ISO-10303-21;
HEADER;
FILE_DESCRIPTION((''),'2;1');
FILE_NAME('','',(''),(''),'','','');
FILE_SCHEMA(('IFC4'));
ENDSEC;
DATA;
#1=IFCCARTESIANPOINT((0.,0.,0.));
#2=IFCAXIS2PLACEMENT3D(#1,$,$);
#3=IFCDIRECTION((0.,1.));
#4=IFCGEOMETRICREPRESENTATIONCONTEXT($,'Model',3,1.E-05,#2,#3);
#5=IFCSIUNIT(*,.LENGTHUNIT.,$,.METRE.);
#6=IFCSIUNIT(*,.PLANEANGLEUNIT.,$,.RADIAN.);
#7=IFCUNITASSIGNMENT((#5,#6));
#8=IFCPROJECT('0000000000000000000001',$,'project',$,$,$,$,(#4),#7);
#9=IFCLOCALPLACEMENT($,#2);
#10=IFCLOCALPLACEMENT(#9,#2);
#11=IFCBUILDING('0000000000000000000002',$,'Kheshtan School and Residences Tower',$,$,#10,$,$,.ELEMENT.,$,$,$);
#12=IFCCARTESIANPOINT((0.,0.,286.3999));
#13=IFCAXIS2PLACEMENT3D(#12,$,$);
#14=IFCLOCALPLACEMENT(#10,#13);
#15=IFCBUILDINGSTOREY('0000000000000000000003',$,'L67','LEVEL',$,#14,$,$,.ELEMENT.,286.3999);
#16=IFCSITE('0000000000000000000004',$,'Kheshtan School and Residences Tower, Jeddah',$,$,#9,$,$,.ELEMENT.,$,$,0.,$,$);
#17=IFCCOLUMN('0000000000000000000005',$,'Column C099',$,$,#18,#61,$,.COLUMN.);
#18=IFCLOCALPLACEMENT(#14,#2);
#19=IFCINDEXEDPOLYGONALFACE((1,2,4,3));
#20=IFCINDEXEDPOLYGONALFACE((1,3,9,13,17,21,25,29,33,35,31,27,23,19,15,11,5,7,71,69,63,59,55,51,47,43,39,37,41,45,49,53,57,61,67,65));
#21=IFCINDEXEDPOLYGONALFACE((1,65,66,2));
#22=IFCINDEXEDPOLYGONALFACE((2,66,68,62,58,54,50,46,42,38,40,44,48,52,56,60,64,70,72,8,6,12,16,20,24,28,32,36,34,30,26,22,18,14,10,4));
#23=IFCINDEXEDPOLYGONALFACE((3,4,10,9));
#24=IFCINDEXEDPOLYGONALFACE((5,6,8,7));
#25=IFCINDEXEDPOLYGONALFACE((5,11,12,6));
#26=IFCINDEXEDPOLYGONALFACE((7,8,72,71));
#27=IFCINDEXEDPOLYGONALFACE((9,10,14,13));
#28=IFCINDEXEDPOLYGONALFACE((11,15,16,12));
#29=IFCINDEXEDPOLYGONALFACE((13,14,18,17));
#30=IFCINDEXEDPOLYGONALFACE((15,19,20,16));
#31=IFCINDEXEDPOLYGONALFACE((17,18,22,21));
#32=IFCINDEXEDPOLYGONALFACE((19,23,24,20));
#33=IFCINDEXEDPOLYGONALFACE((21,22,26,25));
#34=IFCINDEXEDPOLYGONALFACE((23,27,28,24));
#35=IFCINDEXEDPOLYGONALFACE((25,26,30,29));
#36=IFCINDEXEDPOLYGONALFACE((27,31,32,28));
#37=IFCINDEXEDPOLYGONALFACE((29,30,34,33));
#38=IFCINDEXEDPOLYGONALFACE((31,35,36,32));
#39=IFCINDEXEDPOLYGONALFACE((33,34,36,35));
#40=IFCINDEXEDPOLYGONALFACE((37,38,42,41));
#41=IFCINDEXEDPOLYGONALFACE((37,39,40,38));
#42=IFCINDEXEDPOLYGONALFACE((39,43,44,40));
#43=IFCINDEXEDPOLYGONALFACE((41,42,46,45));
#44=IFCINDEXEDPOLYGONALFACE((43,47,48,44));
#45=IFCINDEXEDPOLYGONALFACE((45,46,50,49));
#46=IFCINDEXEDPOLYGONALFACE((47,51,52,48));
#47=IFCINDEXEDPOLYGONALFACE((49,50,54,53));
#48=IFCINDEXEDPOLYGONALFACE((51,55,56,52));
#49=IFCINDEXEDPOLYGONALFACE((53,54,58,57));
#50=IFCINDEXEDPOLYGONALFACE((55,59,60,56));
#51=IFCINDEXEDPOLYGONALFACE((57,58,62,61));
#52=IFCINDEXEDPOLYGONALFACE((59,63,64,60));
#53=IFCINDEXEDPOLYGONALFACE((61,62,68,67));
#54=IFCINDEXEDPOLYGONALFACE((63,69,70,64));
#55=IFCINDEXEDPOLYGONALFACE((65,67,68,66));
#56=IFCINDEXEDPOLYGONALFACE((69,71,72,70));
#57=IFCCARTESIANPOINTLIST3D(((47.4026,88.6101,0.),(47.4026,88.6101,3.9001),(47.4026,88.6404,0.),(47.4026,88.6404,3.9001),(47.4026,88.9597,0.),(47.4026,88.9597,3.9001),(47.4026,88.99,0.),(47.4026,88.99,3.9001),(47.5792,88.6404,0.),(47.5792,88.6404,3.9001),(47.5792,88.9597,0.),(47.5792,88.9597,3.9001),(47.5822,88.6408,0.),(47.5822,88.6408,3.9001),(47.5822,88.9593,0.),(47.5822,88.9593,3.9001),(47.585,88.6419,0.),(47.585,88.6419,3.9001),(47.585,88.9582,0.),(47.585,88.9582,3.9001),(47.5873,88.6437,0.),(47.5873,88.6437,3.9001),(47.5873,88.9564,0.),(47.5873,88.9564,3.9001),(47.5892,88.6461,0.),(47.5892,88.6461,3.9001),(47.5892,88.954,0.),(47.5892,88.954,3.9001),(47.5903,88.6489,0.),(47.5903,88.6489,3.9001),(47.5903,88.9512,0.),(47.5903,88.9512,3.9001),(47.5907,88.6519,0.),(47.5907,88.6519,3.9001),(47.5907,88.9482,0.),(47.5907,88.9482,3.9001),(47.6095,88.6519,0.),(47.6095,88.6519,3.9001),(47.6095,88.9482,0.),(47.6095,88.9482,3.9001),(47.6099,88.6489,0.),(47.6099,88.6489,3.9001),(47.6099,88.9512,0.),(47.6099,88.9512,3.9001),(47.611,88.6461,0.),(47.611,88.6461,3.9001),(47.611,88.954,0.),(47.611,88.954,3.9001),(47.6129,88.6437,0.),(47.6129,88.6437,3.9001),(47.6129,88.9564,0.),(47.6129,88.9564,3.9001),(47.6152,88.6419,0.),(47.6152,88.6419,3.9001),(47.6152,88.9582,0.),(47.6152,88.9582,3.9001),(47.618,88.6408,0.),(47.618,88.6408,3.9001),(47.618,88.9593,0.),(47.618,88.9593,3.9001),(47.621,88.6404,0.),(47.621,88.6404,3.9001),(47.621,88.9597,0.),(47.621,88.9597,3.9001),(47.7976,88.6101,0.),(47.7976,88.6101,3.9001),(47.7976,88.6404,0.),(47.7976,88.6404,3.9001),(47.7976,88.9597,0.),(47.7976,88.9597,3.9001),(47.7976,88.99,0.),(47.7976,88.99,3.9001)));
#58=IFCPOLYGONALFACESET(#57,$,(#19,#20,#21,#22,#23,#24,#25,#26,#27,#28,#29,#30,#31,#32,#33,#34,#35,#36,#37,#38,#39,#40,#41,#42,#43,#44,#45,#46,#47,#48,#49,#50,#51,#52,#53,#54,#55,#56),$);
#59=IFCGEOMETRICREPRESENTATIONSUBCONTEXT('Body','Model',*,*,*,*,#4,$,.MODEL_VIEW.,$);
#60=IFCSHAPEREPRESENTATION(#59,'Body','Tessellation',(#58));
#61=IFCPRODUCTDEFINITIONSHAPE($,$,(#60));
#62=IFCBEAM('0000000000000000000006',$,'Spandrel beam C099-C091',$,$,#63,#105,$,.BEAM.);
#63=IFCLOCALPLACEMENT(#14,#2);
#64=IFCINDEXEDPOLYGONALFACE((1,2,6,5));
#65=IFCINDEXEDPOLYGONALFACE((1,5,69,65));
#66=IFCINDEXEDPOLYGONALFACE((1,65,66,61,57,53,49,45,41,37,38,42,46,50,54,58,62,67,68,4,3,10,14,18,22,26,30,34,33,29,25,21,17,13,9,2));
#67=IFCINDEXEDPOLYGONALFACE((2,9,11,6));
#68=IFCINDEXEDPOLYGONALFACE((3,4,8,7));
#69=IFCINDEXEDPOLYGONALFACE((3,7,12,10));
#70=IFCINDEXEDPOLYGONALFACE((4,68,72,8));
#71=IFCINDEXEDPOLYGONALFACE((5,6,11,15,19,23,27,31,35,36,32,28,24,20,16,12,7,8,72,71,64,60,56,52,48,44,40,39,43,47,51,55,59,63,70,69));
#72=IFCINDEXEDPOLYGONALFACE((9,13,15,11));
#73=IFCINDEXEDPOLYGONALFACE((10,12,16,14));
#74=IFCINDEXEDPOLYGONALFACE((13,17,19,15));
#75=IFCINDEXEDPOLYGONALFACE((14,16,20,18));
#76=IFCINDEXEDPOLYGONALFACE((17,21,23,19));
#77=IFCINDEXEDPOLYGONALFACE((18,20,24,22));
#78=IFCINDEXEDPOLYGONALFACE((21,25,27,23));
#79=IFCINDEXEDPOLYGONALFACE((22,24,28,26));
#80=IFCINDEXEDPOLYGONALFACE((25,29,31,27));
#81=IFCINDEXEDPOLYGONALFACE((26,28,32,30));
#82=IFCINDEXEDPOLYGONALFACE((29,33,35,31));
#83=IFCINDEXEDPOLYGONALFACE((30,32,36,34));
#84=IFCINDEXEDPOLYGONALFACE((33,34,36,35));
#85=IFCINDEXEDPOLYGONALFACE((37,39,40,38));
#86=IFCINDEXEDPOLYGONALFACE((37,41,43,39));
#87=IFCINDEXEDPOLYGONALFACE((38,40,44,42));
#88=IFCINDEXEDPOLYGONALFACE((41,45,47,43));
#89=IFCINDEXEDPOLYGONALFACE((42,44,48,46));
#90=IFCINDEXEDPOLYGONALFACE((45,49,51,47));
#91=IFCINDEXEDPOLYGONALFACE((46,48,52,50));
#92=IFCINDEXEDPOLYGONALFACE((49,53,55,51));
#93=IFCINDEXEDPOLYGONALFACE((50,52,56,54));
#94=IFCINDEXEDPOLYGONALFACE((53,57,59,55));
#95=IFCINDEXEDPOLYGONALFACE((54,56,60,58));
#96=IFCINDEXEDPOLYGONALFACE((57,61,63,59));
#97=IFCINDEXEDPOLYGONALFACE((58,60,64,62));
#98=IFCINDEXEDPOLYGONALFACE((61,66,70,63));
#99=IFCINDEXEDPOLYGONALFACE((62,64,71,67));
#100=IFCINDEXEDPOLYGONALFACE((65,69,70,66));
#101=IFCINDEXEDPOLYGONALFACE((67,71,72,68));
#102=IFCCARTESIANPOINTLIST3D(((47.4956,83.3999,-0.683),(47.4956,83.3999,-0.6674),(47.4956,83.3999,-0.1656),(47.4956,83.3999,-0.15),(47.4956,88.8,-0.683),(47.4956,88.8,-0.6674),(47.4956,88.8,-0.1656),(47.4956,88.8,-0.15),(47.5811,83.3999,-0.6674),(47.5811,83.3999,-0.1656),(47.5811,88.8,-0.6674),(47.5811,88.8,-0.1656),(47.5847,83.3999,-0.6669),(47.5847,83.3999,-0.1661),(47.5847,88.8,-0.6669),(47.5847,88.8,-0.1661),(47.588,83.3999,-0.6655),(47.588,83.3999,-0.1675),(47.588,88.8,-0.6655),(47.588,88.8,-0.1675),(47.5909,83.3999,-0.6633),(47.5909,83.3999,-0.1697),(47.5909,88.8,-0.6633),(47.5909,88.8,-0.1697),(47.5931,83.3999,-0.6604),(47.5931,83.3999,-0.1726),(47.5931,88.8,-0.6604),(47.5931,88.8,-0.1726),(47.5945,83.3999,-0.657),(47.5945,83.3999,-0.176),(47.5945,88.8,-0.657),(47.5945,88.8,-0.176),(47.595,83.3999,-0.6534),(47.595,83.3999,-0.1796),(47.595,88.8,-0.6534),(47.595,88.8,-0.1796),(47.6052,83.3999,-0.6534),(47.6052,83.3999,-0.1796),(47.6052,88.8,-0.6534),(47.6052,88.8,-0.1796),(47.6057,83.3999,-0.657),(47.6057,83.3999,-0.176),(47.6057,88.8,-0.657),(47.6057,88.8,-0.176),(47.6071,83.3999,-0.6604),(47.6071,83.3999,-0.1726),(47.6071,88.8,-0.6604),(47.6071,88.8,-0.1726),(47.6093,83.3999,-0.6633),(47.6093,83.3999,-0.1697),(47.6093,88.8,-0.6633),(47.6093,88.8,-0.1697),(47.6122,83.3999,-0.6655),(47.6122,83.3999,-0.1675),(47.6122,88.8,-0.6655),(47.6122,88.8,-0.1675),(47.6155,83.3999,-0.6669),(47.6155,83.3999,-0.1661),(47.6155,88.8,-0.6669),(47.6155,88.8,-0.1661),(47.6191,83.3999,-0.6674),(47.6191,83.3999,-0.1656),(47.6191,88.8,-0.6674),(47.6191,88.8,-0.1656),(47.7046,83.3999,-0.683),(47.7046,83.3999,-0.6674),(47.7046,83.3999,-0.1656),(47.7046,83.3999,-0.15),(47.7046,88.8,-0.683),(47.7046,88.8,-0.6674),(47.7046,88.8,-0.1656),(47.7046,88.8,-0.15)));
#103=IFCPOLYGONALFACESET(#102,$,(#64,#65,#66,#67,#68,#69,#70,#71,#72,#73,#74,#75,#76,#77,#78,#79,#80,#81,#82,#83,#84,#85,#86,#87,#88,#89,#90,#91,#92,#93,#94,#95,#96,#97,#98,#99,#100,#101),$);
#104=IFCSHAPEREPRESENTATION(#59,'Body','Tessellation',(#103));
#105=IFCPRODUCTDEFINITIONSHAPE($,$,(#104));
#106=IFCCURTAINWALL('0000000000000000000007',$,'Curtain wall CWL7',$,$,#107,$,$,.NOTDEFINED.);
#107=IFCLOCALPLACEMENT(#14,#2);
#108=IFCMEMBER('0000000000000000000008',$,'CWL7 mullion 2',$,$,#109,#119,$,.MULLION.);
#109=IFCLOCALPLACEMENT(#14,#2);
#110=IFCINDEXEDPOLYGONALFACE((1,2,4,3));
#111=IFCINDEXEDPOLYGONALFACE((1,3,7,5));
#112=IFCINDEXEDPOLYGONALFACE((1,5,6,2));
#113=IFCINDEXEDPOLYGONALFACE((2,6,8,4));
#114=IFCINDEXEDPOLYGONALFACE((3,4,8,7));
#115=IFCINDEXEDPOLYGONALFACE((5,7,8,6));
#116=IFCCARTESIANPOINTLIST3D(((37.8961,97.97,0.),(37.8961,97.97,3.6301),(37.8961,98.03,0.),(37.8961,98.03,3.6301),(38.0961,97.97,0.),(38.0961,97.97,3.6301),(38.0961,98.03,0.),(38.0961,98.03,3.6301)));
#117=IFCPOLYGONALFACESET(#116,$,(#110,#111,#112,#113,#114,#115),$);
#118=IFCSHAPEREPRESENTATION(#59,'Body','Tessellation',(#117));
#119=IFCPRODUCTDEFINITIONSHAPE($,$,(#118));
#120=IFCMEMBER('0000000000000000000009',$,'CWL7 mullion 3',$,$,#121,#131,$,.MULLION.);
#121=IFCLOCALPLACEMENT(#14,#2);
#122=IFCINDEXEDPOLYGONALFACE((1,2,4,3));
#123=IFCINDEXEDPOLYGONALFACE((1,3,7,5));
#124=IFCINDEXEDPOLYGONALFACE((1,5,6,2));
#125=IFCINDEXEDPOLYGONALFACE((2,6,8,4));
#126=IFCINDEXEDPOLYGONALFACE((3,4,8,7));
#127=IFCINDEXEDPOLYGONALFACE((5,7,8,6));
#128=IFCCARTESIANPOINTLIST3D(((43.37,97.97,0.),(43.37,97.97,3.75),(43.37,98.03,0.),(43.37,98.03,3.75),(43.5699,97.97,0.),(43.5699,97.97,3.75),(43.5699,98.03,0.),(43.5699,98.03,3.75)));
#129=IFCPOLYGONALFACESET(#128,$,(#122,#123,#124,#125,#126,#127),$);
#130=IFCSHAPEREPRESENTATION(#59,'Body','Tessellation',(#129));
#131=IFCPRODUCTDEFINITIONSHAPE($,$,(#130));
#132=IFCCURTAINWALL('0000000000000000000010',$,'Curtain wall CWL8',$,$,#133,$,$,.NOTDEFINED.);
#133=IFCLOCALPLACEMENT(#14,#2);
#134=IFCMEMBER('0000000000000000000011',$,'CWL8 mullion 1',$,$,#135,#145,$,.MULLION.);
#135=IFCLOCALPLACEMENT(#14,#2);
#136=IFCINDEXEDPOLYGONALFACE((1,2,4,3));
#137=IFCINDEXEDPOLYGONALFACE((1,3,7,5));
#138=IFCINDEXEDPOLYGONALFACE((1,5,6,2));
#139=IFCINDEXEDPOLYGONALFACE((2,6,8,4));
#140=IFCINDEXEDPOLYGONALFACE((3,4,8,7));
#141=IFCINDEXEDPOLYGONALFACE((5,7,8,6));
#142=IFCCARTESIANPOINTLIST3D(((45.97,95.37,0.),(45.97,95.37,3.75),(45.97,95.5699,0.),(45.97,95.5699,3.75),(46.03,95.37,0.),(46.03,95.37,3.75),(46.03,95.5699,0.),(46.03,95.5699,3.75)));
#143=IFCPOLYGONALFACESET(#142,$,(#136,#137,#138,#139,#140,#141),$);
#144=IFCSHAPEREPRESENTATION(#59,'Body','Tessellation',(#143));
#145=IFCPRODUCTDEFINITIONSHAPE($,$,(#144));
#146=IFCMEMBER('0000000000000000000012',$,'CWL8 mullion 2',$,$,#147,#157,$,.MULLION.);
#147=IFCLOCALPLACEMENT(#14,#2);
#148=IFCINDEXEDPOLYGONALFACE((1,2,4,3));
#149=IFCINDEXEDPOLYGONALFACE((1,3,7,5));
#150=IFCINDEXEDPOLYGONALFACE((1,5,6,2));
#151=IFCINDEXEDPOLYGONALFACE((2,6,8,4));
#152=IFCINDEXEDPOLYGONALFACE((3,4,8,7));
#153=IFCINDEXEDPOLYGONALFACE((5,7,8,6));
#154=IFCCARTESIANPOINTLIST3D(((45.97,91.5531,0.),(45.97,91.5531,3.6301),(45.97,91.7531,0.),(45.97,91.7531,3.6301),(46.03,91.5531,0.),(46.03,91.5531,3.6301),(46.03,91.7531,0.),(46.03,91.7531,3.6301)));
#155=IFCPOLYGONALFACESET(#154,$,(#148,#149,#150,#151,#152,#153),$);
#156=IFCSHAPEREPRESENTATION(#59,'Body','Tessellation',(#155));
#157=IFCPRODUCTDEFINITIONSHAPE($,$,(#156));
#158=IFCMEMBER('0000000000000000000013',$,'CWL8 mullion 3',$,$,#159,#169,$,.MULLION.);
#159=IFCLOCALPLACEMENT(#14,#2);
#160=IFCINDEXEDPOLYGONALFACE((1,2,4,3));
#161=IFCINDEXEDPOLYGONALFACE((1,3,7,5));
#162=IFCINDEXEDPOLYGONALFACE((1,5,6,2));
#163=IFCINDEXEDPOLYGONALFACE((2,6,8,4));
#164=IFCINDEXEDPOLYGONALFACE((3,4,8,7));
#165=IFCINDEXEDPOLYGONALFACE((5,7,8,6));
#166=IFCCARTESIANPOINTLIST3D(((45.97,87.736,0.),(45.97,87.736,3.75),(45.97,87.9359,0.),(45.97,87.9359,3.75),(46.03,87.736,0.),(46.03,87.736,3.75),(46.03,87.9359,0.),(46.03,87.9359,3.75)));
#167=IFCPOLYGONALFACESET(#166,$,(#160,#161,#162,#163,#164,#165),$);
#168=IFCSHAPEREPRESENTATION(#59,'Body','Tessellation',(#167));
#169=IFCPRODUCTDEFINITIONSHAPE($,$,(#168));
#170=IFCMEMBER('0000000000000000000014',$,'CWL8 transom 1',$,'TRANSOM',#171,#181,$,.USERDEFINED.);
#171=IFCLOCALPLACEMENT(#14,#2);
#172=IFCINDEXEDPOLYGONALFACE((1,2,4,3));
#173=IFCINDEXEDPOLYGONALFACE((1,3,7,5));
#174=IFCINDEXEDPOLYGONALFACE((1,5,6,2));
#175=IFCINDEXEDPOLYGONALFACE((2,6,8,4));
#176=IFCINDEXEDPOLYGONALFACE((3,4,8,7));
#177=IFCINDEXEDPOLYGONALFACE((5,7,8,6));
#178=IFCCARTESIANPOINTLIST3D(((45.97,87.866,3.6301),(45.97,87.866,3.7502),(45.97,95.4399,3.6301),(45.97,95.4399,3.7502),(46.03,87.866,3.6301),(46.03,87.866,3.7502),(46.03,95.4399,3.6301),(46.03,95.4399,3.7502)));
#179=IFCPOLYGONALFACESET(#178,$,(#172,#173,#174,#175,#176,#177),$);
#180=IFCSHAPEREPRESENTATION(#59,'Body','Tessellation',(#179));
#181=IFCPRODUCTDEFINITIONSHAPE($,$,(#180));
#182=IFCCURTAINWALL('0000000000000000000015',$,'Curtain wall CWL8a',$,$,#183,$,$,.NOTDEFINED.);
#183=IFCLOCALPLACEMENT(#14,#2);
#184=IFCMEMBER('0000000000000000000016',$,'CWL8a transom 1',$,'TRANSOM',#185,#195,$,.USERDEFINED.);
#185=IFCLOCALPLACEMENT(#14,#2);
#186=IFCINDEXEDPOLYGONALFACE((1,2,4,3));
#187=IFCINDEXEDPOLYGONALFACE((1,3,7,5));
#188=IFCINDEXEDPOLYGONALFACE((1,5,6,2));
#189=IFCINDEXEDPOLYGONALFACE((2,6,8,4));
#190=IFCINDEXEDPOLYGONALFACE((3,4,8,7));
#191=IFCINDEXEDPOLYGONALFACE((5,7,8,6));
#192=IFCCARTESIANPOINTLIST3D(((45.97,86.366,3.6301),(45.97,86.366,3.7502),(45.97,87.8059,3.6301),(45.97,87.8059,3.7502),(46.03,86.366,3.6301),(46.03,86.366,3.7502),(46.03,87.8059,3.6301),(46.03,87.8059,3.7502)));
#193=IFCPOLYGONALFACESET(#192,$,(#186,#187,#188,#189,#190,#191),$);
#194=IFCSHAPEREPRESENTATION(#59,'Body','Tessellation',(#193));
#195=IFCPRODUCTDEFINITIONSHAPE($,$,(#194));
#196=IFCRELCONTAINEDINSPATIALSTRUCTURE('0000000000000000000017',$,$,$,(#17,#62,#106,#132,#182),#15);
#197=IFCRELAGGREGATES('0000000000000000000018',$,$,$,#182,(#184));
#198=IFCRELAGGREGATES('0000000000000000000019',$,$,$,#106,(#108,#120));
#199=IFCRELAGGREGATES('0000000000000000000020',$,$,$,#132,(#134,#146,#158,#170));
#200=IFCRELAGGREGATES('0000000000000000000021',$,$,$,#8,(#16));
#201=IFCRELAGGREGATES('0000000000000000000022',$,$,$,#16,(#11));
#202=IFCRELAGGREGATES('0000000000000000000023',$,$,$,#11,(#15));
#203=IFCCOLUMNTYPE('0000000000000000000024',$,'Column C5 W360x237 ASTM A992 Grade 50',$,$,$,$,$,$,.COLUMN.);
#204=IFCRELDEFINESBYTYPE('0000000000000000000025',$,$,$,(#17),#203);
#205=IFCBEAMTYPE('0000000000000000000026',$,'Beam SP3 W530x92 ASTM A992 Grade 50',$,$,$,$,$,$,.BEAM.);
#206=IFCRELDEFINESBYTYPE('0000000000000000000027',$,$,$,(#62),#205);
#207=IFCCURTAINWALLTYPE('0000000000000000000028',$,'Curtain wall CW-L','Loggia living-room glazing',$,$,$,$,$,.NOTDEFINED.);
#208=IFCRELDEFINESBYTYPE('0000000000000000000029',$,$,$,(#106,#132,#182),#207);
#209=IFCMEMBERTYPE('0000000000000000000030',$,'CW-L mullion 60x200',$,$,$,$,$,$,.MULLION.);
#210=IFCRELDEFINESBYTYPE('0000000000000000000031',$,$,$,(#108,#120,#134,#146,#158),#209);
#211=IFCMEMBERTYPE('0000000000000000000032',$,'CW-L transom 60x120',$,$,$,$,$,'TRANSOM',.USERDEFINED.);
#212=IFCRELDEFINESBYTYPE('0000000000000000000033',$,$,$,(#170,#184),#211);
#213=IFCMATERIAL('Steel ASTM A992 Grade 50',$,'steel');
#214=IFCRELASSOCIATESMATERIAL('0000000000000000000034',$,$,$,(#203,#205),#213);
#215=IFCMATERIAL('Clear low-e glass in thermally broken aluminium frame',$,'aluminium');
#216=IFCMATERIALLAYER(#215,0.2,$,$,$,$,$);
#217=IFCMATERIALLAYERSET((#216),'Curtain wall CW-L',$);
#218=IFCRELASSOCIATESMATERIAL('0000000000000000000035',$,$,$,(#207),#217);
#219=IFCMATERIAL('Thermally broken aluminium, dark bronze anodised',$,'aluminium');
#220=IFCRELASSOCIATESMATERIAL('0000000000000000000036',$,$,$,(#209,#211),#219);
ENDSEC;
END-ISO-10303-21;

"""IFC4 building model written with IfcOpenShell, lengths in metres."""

from ifc_helpers import new_model, si_unit, direction, frame, origin, origin_2d, place, context, subcontext, project, spatial, rectangle, i_section, extrude, material, layer, layer_set, material_profile, profile_set, type_object, element, aggregate, save


model = new_model("IFC4")

# Units and contexts
model_context = context("Model", 3, precision=1e-05, world=origin(), true_north=direction((0.0, 1.0)))
body_context = subcontext(model_context, "Body", "Model", "MODEL_VIEW")
ifc_project = project(units=[si_unit("LENGTHUNIT", "METRE"), si_unit("PLANEANGLEUNIT", "RADIAN")], contexts=[model_context])

# Site, building, storey
site_placement = place(None, origin())
site = spatial("IfcSite", under=ifc_project, at=site_placement, Name="Kheshtan School and Residences Tower, Jeddah", CompositionType="ELEMENT", RefElevation=0.0)
building_placement = place(site_placement, origin())
building = spatial("IfcBuilding", under=site, at=building_placement, Name="Kheshtan School and Residences Tower", CompositionType="ELEMENT")
storey_placement = place(building_placement, frame((0.0, 0.0, 286.3999)))
storey = spatial("IfcBuildingStorey", under=building, at=storey_placement, Name="L67", Description="LEVEL", CompositionType="ELEMENT", Elevation=286.3999)

# Column
ifc_material_1 = material(Name="Steel ASTM A992 Grade 50", Category="steel")
ifc_material_profile_1 = material_profile(ifc_material_1, i_section(OverallWidth=0.395, OverallDepth=0.3799, WebThickness=0.0188, FlangeThickness=0.0303, FilletRadius=0.0115, at=origin_2d()), Name="W360x237")
ifc_profile_set_1 = profile_set([ifc_material_profile_1], Name="Steel ASTM A992 Grade 50")
column_type = type_object("IfcColumnType", Name="Column C5 W360x237 ASTM A992 Grade 50", PredefinedType="COLUMN", material=ifc_profile_set_1)
column_placement = place(storey_placement, frame((47.6001, 88.8, 0.0), z_axis=(0.0, 0.0, 1.0), x_axis=(1.0, 0.0, 0.0)))
element("IfcColumn", 1, at=column_placement, inside=storey, type_object=column_type, Name="Column C099", PredefinedType="COLUMN", context=body_context, shape_type="SweptSolid", body=[
    extrude(i_section(OverallWidth=0.395, OverallDepth=0.3799, WebThickness=0.0188, FlangeThickness=0.0303, FilletRadius=0.0115, at=origin_2d()), origin(), (0.0, 0.0, 1.0), 3.9001),
])

# Beam
ifc_material_profile_2 = material_profile(ifc_material_1, i_section(OverallWidth=0.209, OverallDepth=0.533, WebThickness=0.0103, FlangeThickness=0.0156, FilletRadius=0.0139, at=origin_2d()), Name="W530x92")
ifc_profile_set_2 = profile_set([ifc_material_profile_2], Name="Steel ASTM A992 Grade 50")
beam_type = type_object("IfcBeamType", Name="Beam SP3 W530x92 ASTM A992 Grade 50", PredefinedType="BEAM", material=ifc_profile_set_2)
beam_placement = place(storey_placement, frame((47.6001, 88.8, -0.4165), z_axis=(0.0, -1.0, 0.0), x_axis=(1.0, 0.0, 0.0)))
element("IfcBeam", 2, at=beam_placement, inside=storey, type_object=beam_type, Name="Spandrel beam C099-C091", PredefinedType="BEAM", context=body_context, shape_type="SweptSolid", body=[
    extrude(i_section(OverallWidth=0.209, OverallDepth=0.533, WebThickness=0.0103, FlangeThickness=0.0156, FilletRadius=0.0139, at=origin_2d()), origin(), (0.0, 0.0, 1.0), 5.4001),
])

# Curtain walls, members
ifc_material_2 = material(Name="Clear low-e glass in thermally broken aluminium frame", Category="aluminium")
ifc_layer_1 = layer(ifc_material_2, 0.2)
ifc_layer_set_1 = layer_set([ifc_layer_1], Name="Curtain wall CW-L")
curtain_wall_type = type_object("IfcCurtainWallType", Name="Curtain wall CW-L", Description="Loggia living-room glazing", PredefinedType="NOTDEFINED", material=ifc_layer_set_1)
curtain_wall_1_placement = place(storey_placement, origin())
curtain_wall_1 = element("IfcCurtainWall", 3, at=curtain_wall_1_placement, inside=storey, type_object=curtain_wall_type, Name="Curtain wall CWL7", PredefinedType="NOTDEFINED")
ifc_material_3 = material(Name="Thermally broken aluminium, dark bronze anodised", Category="aluminium")
ifc_material_profile_3 = material_profile(ifc_material_3, rectangle(XDim=0.0601, YDim=0.2, at=origin_2d()), Name="CW-L mullion 60x200")
ifc_profile_set_3 = profile_set([ifc_material_profile_3], Name="Thermally broken aluminium, dark bronze anodised")
member_type_1 = type_object("IfcMemberType", Name="CW-L mullion 60x200", PredefinedType="MULLION", material=ifc_profile_set_3)
member_1_placement = place(storey_placement, frame((37.9961, 98.0, 0.0), z_axis=(0.0, 0.0, 1.0), x_axis=(0.0, 1.0, 0.0)))
member_1 = element("IfcMember", 4, at=member_1_placement, type_object=member_type_1, Name="CWL7 mullion 2", PredefinedType="MULLION", context=body_context, shape_type="SweptSolid", body=[
    extrude(rectangle(XDim=0.0601, YDim=0.2, at=origin_2d()), origin(), (0.0, 0.0, 1.0), 3.6301),
])
member_2_placement = place(storey_placement, frame((43.47, 98.0, 0.0), z_axis=(0.0, 0.0, 1.0), x_axis=(0.0, 1.0, 0.0)))
member_2 = element("IfcMember", 5, at=member_2_placement, type_object=member_type_1, Name="CWL7 mullion 3", PredefinedType="MULLION", context=body_context, shape_type="SweptSolid", body=[
    extrude(rectangle(XDim=0.0601, YDim=0.2, at=origin_2d()), origin(), (0.0, 0.0, 1.0), 3.75),
])
curtain_wall_2_placement = place(storey_placement, origin())
curtain_wall_2 = element("IfcCurtainWall", 6, at=curtain_wall_2_placement, inside=storey, type_object=curtain_wall_type, Name="Curtain wall CWL8", PredefinedType="NOTDEFINED")
member_3_placement = place(storey_placement, frame((46.0, 95.47, 0.0), z_axis=(0.0, 0.0, 1.0), x_axis=(1.0, 0.0, 0.0)))
member_3 = element("IfcMember", 7, at=member_3_placement, type_object=member_type_1, Name="CWL8 mullion 1", PredefinedType="MULLION", context=body_context, shape_type="SweptSolid", body=[
    extrude(rectangle(XDim=0.0601, YDim=0.2, at=origin_2d()), origin(), (0.0, 0.0, 1.0), 3.75),
])
member_4_placement = place(storey_placement, frame((46.0, 91.6531, 0.0), z_axis=(0.0, 0.0, 1.0), x_axis=(1.0, 0.0, 0.0)))
member_4 = element("IfcMember", 8, at=member_4_placement, type_object=member_type_1, Name="CWL8 mullion 2", PredefinedType="MULLION", context=body_context, shape_type="SweptSolid", body=[
    extrude(rectangle(XDim=0.0601, YDim=0.2, at=origin_2d()), origin(), (0.0, 0.0, 1.0), 3.6301),
])
member_5_placement = place(storey_placement, frame((46.0, 87.8359, 0.0), z_axis=(0.0, 0.0, 1.0), x_axis=(1.0, 0.0, 0.0)))
member_5 = element("IfcMember", 9, at=member_5_placement, type_object=member_type_1, Name="CWL8 mullion 3", PredefinedType="MULLION", context=body_context, shape_type="SweptSolid", body=[
    extrude(rectangle(XDim=0.0601, YDim=0.2, at=origin_2d()), origin(), (0.0, 0.0, 1.0), 3.75),
])
ifc_material_profile_4 = material_profile(ifc_material_3, rectangle(XDim=0.0601, YDim=0.1201, at=origin_2d()), Name="CW-L transom 60x120")
ifc_profile_set_4 = profile_set([ifc_material_profile_4], Name="Thermally broken aluminium, dark bronze anodised")
member_type_2 = type_object("IfcMemberType", Name="CW-L transom 60x120", ElementType="TRANSOM", PredefinedType="USERDEFINED", material=ifc_profile_set_4)
member_6_placement = place(storey_placement, frame((46.0, 95.4399, 3.6902), z_axis=(0.0, -1.0, 0.0), x_axis=(1.0, 0.0, 0.0)))
member_6 = element("IfcMember", 10, at=member_6_placement, type_object=member_type_2, Name="CWL8 transom 1", ObjectType="TRANSOM", PredefinedType="USERDEFINED", context=body_context, shape_type="SweptSolid", body=[
    extrude(rectangle(XDim=0.0601, YDim=0.1201, at=origin_2d()), origin(), (0.0, 0.0, 1.0), 7.574),
])

# Curtain wall, member
curtain_wall_3_placement = place(storey_placement, origin())
curtain_wall_3 = element("IfcCurtainWall", 11, at=curtain_wall_3_placement, inside=storey, type_object=curtain_wall_type, Name="Curtain wall CWL8a", PredefinedType="NOTDEFINED")
member_7_placement = place(storey_placement, frame((46.0, 87.8059, 3.6902), z_axis=(0.0, -1.0, 0.0), x_axis=(1.0, 0.0, 0.0)))
member_7 = element("IfcMember", 12, at=member_7_placement, type_object=member_type_2, Name="CWL8a transom 1", ObjectType="TRANSOM", PredefinedType="USERDEFINED", context=body_context, shape_type="SweptSolid", body=[
    extrude(rectangle(XDim=0.0601, YDim=0.1201, at=origin_2d()), origin(), (0.0, 0.0, 1.0), 1.4399),
])
aggregate(curtain_wall_3, [member_7])

aggregate(curtain_wall_1, [member_1, member_2])
aggregate(curtain_wall_2, [member_3, member_4, member_5, member_6])

save(model, "model.ifc")
